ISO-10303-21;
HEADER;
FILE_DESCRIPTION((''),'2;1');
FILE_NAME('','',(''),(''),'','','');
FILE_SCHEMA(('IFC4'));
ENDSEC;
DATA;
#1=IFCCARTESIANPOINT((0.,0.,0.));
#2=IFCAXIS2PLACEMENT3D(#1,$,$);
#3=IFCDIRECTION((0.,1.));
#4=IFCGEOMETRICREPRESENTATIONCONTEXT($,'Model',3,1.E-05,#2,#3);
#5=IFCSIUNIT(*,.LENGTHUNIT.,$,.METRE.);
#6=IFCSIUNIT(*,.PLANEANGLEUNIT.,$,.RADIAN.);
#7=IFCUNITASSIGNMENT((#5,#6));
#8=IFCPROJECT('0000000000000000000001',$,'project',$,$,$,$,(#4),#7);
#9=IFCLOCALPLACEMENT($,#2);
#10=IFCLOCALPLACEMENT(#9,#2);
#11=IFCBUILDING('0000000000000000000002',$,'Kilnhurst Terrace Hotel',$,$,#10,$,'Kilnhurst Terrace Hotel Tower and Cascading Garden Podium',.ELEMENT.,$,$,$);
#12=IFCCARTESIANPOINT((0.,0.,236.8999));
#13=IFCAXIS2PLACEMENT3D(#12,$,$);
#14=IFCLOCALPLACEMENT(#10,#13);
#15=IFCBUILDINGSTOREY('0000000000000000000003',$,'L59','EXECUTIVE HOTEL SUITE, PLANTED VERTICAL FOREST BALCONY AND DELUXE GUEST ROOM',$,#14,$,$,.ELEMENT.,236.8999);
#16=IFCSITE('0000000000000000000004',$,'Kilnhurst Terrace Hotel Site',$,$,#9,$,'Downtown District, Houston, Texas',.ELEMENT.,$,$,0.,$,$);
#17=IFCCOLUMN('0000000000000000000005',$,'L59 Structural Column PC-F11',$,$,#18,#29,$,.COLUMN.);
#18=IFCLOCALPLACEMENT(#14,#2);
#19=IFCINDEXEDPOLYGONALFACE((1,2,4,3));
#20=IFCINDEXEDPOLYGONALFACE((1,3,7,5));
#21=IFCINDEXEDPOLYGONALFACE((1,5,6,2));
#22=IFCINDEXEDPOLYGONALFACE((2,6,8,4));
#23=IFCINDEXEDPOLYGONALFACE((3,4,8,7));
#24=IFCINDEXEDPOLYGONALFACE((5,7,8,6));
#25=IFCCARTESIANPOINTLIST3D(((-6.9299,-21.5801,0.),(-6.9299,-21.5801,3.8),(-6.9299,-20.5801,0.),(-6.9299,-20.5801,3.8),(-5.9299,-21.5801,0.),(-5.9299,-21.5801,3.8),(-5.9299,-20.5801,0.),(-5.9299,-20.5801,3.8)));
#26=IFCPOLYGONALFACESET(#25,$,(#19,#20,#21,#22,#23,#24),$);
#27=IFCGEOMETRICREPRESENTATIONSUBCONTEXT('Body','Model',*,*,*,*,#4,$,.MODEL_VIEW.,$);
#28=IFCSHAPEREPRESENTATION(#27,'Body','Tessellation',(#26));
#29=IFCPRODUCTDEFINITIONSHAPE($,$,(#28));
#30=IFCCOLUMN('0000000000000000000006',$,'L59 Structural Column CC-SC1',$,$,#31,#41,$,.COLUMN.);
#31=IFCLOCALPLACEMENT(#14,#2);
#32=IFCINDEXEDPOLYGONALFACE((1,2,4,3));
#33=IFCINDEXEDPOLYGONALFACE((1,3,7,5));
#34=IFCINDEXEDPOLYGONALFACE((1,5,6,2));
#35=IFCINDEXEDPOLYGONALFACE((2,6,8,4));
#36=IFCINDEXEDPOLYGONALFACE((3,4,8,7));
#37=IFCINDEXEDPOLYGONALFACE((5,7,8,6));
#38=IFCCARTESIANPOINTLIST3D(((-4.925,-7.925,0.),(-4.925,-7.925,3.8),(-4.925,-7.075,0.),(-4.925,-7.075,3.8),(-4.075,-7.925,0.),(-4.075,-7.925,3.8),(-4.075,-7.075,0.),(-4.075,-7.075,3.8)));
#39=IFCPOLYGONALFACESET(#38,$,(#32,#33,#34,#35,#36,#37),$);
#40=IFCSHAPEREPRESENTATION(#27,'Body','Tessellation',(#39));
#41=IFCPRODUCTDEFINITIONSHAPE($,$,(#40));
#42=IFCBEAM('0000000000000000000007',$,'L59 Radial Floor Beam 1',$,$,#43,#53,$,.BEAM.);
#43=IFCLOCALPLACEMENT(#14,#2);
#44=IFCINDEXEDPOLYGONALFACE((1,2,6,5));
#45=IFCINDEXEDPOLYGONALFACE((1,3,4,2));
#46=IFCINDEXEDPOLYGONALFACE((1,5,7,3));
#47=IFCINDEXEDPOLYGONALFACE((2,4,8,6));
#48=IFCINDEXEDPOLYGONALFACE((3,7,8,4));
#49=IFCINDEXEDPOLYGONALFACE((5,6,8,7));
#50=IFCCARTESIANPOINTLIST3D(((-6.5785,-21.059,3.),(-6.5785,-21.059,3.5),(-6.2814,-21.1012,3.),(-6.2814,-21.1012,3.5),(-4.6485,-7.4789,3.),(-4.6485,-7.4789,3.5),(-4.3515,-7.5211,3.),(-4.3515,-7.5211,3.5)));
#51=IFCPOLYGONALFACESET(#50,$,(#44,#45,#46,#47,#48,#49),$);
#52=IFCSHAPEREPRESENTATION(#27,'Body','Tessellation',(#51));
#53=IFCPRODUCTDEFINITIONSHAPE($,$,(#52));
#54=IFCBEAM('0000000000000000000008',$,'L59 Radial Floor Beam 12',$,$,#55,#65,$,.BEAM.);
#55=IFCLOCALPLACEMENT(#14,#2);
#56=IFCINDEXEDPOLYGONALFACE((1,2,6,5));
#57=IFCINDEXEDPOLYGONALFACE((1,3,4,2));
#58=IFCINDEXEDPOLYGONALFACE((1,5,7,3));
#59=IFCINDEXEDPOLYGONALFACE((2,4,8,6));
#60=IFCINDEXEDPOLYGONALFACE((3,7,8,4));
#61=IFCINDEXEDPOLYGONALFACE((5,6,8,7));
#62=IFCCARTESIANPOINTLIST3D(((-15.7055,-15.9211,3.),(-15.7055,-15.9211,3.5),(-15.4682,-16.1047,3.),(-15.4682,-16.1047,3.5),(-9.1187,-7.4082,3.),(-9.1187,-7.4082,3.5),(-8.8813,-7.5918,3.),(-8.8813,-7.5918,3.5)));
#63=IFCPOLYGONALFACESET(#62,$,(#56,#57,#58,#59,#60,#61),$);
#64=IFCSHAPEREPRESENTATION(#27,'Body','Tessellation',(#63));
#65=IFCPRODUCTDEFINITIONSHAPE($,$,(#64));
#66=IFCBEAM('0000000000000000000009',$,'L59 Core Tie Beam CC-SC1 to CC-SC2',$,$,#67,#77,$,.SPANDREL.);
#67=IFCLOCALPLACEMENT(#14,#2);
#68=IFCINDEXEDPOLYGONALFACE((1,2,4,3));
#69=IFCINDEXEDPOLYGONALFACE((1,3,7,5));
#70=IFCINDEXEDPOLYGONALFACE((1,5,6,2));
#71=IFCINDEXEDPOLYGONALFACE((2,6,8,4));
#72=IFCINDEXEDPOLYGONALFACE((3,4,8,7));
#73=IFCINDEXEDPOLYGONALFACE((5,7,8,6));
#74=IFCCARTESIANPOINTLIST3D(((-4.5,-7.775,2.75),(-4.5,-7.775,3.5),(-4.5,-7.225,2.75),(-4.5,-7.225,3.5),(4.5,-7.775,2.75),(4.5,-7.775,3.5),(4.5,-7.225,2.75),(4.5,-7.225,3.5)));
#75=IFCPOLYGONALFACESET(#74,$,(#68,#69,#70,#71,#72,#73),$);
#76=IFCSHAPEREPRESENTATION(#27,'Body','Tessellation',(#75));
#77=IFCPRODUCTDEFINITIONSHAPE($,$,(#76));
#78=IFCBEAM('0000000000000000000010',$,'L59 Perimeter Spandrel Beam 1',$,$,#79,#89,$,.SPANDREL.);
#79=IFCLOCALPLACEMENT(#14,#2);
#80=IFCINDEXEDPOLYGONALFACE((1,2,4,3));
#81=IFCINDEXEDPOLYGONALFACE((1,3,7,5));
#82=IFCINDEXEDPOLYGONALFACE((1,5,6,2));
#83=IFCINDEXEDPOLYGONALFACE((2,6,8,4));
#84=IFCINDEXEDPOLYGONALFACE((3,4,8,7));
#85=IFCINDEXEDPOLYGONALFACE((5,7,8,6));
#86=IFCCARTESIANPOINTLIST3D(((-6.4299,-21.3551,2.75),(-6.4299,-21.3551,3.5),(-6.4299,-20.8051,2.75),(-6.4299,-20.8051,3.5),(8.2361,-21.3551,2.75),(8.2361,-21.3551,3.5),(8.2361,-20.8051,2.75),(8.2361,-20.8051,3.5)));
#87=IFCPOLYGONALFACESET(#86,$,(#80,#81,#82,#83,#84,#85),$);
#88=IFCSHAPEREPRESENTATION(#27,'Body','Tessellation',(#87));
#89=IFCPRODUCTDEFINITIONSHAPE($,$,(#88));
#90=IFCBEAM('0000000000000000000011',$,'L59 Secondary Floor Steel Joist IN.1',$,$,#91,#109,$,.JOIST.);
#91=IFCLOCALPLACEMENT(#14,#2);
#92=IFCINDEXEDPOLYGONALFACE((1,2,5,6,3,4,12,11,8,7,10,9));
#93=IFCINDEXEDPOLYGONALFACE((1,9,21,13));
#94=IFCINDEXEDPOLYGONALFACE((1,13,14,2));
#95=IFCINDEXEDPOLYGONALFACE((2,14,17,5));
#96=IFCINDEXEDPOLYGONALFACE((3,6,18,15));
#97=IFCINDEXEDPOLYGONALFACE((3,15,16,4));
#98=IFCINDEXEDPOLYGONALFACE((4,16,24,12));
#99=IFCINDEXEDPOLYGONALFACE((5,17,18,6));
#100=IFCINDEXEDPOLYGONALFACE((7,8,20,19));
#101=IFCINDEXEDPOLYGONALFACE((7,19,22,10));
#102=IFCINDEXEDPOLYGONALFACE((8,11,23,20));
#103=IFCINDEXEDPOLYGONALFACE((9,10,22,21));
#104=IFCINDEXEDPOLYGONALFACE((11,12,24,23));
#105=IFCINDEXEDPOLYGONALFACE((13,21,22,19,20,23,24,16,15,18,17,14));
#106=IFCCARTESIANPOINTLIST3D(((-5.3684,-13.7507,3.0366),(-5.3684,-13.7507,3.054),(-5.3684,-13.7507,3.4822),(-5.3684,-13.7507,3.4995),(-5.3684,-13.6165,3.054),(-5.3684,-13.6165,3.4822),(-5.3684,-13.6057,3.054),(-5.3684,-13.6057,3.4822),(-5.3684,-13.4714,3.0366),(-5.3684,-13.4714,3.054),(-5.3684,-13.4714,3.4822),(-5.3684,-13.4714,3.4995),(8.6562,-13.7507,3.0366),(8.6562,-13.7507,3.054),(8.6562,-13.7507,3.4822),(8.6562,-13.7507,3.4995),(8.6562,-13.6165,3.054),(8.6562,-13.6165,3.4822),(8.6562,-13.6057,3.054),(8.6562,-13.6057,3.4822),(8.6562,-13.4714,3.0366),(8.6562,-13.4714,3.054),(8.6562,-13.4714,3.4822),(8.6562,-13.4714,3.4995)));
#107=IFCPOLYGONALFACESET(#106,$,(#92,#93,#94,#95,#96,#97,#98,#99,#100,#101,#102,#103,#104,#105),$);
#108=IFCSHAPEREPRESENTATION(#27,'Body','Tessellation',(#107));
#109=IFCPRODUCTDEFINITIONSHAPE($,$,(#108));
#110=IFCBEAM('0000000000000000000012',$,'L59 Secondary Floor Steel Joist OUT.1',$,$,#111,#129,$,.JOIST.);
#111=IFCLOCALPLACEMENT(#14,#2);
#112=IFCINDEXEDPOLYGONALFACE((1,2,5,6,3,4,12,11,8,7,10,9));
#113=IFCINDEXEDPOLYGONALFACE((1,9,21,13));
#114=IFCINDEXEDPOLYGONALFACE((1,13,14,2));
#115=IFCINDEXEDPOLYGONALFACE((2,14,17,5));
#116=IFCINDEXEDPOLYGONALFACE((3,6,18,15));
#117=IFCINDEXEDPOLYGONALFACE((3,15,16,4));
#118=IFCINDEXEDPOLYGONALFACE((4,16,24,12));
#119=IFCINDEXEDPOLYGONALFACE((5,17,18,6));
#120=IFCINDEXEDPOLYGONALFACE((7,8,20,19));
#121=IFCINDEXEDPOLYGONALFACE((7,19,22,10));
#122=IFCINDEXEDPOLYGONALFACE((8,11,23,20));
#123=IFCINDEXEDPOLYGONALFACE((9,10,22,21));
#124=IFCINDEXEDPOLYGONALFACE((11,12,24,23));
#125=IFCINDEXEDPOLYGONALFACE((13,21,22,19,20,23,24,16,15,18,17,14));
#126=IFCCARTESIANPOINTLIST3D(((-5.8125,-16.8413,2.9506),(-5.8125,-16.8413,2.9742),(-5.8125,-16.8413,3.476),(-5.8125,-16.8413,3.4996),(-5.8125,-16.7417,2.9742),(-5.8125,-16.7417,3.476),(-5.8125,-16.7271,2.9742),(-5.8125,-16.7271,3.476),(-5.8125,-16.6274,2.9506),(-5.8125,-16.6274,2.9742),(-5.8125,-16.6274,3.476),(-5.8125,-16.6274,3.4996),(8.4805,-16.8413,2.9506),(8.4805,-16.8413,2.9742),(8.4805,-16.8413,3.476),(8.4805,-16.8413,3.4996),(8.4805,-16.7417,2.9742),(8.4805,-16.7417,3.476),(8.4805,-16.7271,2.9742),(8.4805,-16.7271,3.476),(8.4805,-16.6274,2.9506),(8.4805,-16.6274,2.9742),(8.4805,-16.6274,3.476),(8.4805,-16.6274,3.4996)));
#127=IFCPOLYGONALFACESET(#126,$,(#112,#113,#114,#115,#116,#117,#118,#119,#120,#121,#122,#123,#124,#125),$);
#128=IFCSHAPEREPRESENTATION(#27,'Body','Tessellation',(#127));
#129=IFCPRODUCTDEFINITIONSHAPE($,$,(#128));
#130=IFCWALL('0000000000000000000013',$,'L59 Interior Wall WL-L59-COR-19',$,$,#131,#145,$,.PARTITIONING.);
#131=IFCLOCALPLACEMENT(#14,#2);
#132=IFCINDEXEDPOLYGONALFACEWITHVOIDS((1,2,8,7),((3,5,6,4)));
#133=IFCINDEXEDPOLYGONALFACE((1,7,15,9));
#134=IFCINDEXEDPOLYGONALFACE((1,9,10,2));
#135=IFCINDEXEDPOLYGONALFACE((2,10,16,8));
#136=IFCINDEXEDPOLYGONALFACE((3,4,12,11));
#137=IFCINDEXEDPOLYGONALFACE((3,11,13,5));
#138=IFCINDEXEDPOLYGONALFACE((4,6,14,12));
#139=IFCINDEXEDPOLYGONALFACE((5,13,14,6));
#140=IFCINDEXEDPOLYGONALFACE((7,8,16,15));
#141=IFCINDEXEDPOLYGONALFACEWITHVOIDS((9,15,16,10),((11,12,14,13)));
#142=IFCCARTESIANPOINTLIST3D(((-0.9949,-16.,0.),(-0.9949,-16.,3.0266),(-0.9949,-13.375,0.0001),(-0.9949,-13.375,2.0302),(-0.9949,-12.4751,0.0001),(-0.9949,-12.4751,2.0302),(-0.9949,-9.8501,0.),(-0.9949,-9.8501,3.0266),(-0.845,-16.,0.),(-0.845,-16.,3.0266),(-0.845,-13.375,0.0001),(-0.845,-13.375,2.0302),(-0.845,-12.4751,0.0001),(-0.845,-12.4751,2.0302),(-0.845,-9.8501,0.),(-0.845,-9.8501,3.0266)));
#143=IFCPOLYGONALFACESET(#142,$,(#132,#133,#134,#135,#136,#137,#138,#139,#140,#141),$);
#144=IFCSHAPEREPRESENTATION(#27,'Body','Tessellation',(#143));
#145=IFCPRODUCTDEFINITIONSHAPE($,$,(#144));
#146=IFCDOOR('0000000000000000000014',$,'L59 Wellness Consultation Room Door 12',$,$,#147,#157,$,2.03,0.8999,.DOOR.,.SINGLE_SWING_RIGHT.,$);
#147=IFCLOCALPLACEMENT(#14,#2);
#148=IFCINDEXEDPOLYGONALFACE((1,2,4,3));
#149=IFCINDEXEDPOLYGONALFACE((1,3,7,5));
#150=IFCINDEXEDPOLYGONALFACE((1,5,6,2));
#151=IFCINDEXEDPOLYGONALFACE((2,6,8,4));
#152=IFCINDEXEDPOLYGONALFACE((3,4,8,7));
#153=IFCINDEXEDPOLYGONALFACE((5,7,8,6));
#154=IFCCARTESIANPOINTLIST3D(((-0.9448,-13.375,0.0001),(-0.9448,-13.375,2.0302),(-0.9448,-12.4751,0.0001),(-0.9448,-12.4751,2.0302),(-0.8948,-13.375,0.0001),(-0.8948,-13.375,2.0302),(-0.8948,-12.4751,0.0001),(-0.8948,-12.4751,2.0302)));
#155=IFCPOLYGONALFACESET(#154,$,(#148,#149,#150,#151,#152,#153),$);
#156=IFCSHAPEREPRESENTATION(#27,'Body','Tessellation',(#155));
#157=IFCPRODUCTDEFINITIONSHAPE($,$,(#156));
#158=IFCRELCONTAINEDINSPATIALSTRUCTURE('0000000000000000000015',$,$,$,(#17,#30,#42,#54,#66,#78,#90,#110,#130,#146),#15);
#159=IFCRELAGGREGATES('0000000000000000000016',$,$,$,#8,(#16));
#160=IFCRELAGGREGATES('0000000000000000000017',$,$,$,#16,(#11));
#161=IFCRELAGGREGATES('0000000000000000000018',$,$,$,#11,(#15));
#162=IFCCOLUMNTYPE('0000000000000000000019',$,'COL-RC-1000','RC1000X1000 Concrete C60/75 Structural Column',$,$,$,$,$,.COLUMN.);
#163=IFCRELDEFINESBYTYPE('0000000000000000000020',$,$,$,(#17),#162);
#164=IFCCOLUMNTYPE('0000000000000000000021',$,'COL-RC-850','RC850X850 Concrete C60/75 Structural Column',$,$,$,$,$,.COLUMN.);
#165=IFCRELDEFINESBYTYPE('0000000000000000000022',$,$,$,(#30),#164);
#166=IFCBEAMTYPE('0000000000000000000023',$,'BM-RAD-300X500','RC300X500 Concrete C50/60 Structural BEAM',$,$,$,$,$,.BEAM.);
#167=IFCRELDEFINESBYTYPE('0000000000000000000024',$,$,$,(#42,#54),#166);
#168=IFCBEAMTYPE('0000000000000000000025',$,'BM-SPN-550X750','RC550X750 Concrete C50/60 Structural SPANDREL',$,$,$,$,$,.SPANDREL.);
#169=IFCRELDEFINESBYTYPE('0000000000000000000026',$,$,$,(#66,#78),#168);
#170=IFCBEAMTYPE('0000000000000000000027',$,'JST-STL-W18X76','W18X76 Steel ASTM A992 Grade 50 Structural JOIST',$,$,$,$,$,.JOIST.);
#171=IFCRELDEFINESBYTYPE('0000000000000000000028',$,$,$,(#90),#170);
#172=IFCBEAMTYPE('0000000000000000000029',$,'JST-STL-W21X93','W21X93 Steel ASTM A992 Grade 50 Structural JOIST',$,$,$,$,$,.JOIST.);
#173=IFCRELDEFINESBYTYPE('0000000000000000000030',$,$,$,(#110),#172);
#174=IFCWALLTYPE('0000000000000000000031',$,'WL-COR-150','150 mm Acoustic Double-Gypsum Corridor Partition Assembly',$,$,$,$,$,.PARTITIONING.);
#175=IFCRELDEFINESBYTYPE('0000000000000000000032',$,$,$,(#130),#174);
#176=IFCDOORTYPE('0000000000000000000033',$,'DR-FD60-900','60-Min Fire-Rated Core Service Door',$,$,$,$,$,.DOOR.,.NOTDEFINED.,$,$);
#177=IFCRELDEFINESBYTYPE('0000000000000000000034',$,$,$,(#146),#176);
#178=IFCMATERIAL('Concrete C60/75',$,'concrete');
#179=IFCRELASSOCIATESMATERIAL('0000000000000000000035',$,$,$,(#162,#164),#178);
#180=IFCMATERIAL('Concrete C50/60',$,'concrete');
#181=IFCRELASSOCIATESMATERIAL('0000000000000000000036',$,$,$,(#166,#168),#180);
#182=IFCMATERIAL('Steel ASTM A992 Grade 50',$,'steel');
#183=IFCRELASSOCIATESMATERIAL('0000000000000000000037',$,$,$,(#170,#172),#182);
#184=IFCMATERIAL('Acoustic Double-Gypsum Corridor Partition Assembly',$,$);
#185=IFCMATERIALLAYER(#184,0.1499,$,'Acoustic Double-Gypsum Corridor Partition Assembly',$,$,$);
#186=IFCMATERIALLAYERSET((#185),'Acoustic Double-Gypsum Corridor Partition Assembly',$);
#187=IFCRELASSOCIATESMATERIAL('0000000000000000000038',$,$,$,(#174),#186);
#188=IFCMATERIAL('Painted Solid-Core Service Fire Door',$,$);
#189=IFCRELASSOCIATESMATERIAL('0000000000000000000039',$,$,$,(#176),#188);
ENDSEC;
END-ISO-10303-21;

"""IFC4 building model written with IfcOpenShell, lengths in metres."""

from ifc_helpers import new_model, si_unit, direction, frame, frame_2d, origin, origin_2d, place, context, subcontext, project, spatial, rectangle, i_section, extrude, material, layer, layer_set, material_profile, profile_set, type_object, element, fill, save


model = new_model("IFC4")

# Units and contexts
model_context = context("Model", 3, precision=1e-05, world=origin(), true_north=direction((0.0, 1.0)))
body_context = subcontext(model_context, "Body", "Model", "MODEL_VIEW")
ifc_project = project(units=[si_unit("LENGTHUNIT", "METRE"), si_unit("PLANEANGLEUNIT", "RADIAN")], contexts=[model_context])

# Site, building, storey
site_placement = place(None, origin())
site = spatial("IfcSite", under=ifc_project, at=site_placement, Name="Kilnhurst Terrace Hotel Site", LongName="Downtown District, Houston, Texas", CompositionType="ELEMENT", RefElevation=0.0)
building_placement = place(site_placement, origin())
building = spatial("IfcBuilding", under=site, at=building_placement, Name="Kilnhurst Terrace Hotel", LongName="Kilnhurst Terrace Hotel Tower and Cascading Garden Podium", CompositionType="ELEMENT")
storey_placement = place(building_placement, frame((0.0, 0.0, 236.8999)))
storey = spatial("IfcBuildingStorey", under=building, at=storey_placement, Name="L59", Description="EXECUTIVE HOTEL SUITE, PLANTED VERTICAL FOREST BALCONY AND DELUXE GUEST ROOM", CompositionType="ELEMENT", Elevation=236.8999)

# Columns
ifc_material_1 = material(Name="Concrete C60/75", Category="concrete")
ifc_material_profile_1 = material_profile(ifc_material_1, rectangle(XDim=1.0, YDim=1.0, at=origin_2d()), Name="RC1000X1000")
ifc_profile_set_1 = profile_set([ifc_material_profile_1], Name="Concrete C60/75")
column_type_1 = type_object("IfcColumnType", Name="COL-RC-1000", Description="RC1000X1000 Concrete C60/75 Structural Column", PredefinedType="COLUMN", material=ifc_profile_set_1)
column_1_placement = place(storey_placement, frame((-6.4299, -21.0801, 0.0), z_axis=(0.0, 0.0, 1.0), x_axis=(1.0, 0.0, 0.0)))
element("IfcColumn", 1, at=column_1_placement, inside=storey, type_object=column_type_1, Name="L59 Structural Column PC-F11", PredefinedType="COLUMN", context=body_context, shape_type="SweptSolid", body=[
    extrude(rectangle(XDim=1.0, YDim=1.0, at=origin_2d()), origin(), (0.0, 0.0, 1.0), 3.8),
])
ifc_material_profile_2 = material_profile(ifc_material_1, rectangle(XDim=0.8501, YDim=0.8501, at=origin_2d()), Name="RC850X850")
ifc_profile_set_2 = profile_set([ifc_material_profile_2], Name="Concrete C60/75")
column_type_2 = type_object("IfcColumnType", Name="COL-RC-850", Description="RC850X850 Concrete C60/75 Structural Column", PredefinedType="COLUMN", material=ifc_profile_set_2)
column_2_placement = place(storey_placement, frame((-4.5, -7.5, 0.0), z_axis=(0.0, 0.0, 1.0), x_axis=(1.0, 0.0, 0.0)))
element("IfcColumn", 2, at=column_2_placement, inside=storey, type_object=column_type_2, Name="L59 Structural Column CC-SC1", PredefinedType="COLUMN", context=body_context, shape_type="SweptSolid", body=[
    extrude(rectangle(XDim=0.8501, YDim=0.8501, at=origin_2d()), origin(), (0.0, 0.0, 1.0), 3.8),
])

# Beams
ifc_material_2 = material(Name="Concrete C50/60", Category="concrete")
ifc_material_profile_3 = material_profile(ifc_material_2, rectangle(XDim=0.3, YDim=0.5, at=origin_2d()), Name="RC300X500")
ifc_profile_set_3 = profile_set([ifc_material_profile_3], Name="Concrete C50/60")
beam_type_1 = type_object("IfcBeamType", Name="BM-RAD-300X500", Description="RC300X500 Concrete C50/60 Structural BEAM", PredefinedType="BEAM", material=ifc_profile_set_3)
beam_1_placement = place(storey_placement, frame((-4.5, -7.5, 3.25), z_axis=(-0.140701, -0.990052, 0.0), x_axis=(0.990052, -0.140701, 0.0)))
element("IfcBeam", 3, at=beam_1_placement, inside=storey, type_object=beam_type_1, Name="L59 Radial Floor Beam 1", PredefinedType="BEAM", context=body_context, shape_type="SweptSolid", body=[
    extrude(rectangle(XDim=0.3, YDim=0.5, at=origin_2d()), origin(), (0.0, 0.0, 1.0), 13.7166),
])
beam_2_placement = place(storey_placement, frame((-9.0, -7.5, 3.25), z_axis=(-0.611955, -0.790892, 0.0), x_axis=(0.790892, -0.611955, 0.0)))
element("IfcBeam", 4, at=beam_2_placement, inside=storey, type_object=beam_type_1, Name="L59 Radial Floor Beam 12", PredefinedType="BEAM", context=body_context, shape_type="SweptSolid", body=[
    extrude(rectangle(XDim=0.3, YDim=0.5, at=origin_2d()), origin(), (0.0, 0.0, 1.0), 10.7637),
])
ifc_material_profile_4 = material_profile(ifc_material_2, rectangle(XDim=0.55, YDim=0.75, at=origin_2d()), Name="RC550X750")
ifc_profile_set_4 = profile_set([ifc_material_profile_4], Name="Concrete C50/60")
beam_type_2 = type_object("IfcBeamType", Name="BM-SPN-550X750", Description="RC550X750 Concrete C50/60 Structural SPANDREL", PredefinedType="SPANDREL", material=ifc_profile_set_4)
beam_3_placement = place(storey_placement, frame((-4.5, -7.5, 3.125), z_axis=(1.0, 0.0, 0.0), x_axis=(0.0, 1.0, 0.0)))
element("IfcBeam", 5, at=beam_3_placement, inside=storey, type_object=beam_type_2, Name="L59 Core Tie Beam CC-SC1 to CC-SC2", PredefinedType="SPANDREL", context=body_context, shape_type="SweptSolid", body=[
    extrude(rectangle(XDim=0.55, YDim=0.75, at=origin_2d()), origin(), (0.0, 0.0, 1.0), 9.0),
])
beam_4_placement = place(storey_placement, frame((-6.4299, -21.0801, 3.125), z_axis=(1.0, 0.0, 0.0), x_axis=(0.0, 1.0, 0.0)))
element("IfcBeam", 6, at=beam_4_placement, inside=storey, type_object=beam_type_2, Name="L59 Perimeter Spandrel Beam 1", PredefinedType="SPANDREL", context=body_context, shape_type="SweptSolid", body=[
    extrude(rectangle(XDim=0.55, YDim=0.75, at=origin_2d()), origin(), (0.0, 0.0, 1.0), 14.666),
])
ifc_material_3 = material(Name="Steel ASTM A992 Grade 50", Category="steel")
ifc_material_profile_5 = material_profile(ifc_material_3, i_section(OverallWidth=0.2793, OverallDepth=0.4629, WebThickness=0.0107, FlangeThickness=0.0173, at=origin_2d()), Name="W18X76")
ifc_profile_set_5 = profile_set([ifc_material_profile_5], Name="Steel ASTM A992 Grade 50")
beam_type_3 = type_object("IfcBeamType", Name="JST-STL-W18X76", Description="W18X76 Steel ASTM A992 Grade 50 Structural JOIST", PredefinedType="JOIST", material=ifc_profile_set_5)
beam_5_placement = place(storey_placement, frame((-5.3684, -13.6111, 3.2681), z_axis=(1.0, 0.0, 0.0), x_axis=(0.0, 1.0, 0.0)))
element("IfcBeam", 7, at=beam_5_placement, inside=storey, type_object=beam_type_3, Name="L59 Secondary Floor Steel Joist IN.1", PredefinedType="JOIST", context=body_context, shape_type="SweptSolid", body=[
    extrude(i_section(OverallWidth=0.2793, OverallDepth=0.4629, WebThickness=0.0107, FlangeThickness=0.0173, at=origin_2d()), origin(), (0.0, 0.0, 1.0), 14.0247),
])
ifc_material_profile_6 = material_profile(ifc_material_3, i_section(OverallWidth=0.2139, OverallDepth=0.5491, WebThickness=0.0146, FlangeThickness=0.0237, at=origin_2d()), Name="W21X93")
ifc_profile_set_6 = profile_set([ifc_material_profile_6], Name="Steel ASTM A992 Grade 50")
beam_type_4 = type_object("IfcBeamType", Name="JST-STL-W21X93", Description="W21X93 Steel ASTM A992 Grade 50 Structural JOIST", PredefinedType="JOIST", material=ifc_profile_set_6)
beam_6_placement = place(storey_placement, frame((-5.8125, -16.7344, 3.2251), z_axis=(1.0, 0.0, 0.0), x_axis=(0.0, 1.0, 0.0)))
element("IfcBeam", 8, at=beam_6_placement, inside=storey, type_object=beam_type_4, Name="L59 Secondary Floor Steel Joist OUT.1", PredefinedType="JOIST", context=body_context, shape_type="SweptSolid", body=[
    extrude(i_section(OverallWidth=0.2139, OverallDepth=0.5491, WebThickness=0.0146, FlangeThickness=0.0237, at=origin_2d()), origin(), (0.0, 0.0, 1.0), 14.293),
])

# Wall, opening, door
ifc_material_4 = material(Name="Acoustic Double-Gypsum Corridor Partition Assembly")
ifc_layer_1 = layer(ifc_material_4, 0.1499, Name="Acoustic Double-Gypsum Corridor Partition Assembly")
ifc_layer_set_1 = layer_set([ifc_layer_1], Name="Acoustic Double-Gypsum Corridor Partition Assembly")
wall_type_1 = type_object("IfcWallType", Name="WL-COR-150", Description="150 mm Acoustic Double-Gypsum Corridor Partition Assembly", PredefinedType="PARTITIONING", material=ifc_layer_set_1)
wall_1_placement = place(storey_placement, frame((-0.9199, -16.0, 0.0), z_axis=(0.0, 0.0, 1.0), x_axis=(0.0, 1.0, 0.0)))
wall_1 = element("IfcWall", 9, at=wall_1_placement, inside=storey, type_object=wall_type_1, Name="L59 Interior Wall WL-L59-COR-19", PredefinedType="PARTITIONING", context=body_context, shape_type="SweptSolid", body=[
    extrude(rectangle(XDim=6.1499, YDim=0.1499, at=frame_2d((3.075, 0.0))), origin(), (0.0, 0.0, 1.0), 3.0266),
])
opening_1_placement = place(wall_1_placement, frame((2.625, 0.0, 0.0)))
opening_1 = element("IfcOpeningElement", 10, at=opening_1_placement, cuts=wall_1, PredefinedType="OPENING", context=body_context, shape_type="SweptSolid", body=[
    extrude(rectangle(XDim=0.8999, YDim=2.03, at=frame_2d((0.45, 1.0151))), frame((0.0, 0.085, 0.0), z_axis=(0.0, -1.0, 0.0), x_axis=(1.0, 0.0, 0.0)), (0.0, 0.0, 1.0), 0.1699),
])
ifc_material_5 = material(Name="Painted Solid-Core Service Fire Door")
door_type_1 = type_object("IfcDoorType", Name="DR-FD60-900", Description="60-Min Fire-Rated Core Service Door", OperationType="NOTDEFINED", PredefinedType="DOOR", material=ifc_material_5)
door_1_placement = place(opening_1_placement, origin())
door_1 = element("IfcDoor", 11, at=door_1_placement, inside=storey, type_object=door_type_1, Name="L59 Wellness Consultation Room Door 12", OperationType="SINGLE_SWING_RIGHT", OverallHeight=2.03, OverallWidth=0.8999, PredefinedType="DOOR", context=body_context, shape_type="SweptSolid", body=[
    extrude(rectangle(XDim=0.8999, YDim=2.03, at=frame_2d((0.45, 1.0151))), frame((0.0, 0.0249, 0.0), z_axis=(0.0, -1.0, 0.0), x_axis=(1.0, 0.0, 0.0)), (0.0, 0.0, 1.0), 0.05),
])
fill(opening_1, door_1)

save(model, "model.ifc")
